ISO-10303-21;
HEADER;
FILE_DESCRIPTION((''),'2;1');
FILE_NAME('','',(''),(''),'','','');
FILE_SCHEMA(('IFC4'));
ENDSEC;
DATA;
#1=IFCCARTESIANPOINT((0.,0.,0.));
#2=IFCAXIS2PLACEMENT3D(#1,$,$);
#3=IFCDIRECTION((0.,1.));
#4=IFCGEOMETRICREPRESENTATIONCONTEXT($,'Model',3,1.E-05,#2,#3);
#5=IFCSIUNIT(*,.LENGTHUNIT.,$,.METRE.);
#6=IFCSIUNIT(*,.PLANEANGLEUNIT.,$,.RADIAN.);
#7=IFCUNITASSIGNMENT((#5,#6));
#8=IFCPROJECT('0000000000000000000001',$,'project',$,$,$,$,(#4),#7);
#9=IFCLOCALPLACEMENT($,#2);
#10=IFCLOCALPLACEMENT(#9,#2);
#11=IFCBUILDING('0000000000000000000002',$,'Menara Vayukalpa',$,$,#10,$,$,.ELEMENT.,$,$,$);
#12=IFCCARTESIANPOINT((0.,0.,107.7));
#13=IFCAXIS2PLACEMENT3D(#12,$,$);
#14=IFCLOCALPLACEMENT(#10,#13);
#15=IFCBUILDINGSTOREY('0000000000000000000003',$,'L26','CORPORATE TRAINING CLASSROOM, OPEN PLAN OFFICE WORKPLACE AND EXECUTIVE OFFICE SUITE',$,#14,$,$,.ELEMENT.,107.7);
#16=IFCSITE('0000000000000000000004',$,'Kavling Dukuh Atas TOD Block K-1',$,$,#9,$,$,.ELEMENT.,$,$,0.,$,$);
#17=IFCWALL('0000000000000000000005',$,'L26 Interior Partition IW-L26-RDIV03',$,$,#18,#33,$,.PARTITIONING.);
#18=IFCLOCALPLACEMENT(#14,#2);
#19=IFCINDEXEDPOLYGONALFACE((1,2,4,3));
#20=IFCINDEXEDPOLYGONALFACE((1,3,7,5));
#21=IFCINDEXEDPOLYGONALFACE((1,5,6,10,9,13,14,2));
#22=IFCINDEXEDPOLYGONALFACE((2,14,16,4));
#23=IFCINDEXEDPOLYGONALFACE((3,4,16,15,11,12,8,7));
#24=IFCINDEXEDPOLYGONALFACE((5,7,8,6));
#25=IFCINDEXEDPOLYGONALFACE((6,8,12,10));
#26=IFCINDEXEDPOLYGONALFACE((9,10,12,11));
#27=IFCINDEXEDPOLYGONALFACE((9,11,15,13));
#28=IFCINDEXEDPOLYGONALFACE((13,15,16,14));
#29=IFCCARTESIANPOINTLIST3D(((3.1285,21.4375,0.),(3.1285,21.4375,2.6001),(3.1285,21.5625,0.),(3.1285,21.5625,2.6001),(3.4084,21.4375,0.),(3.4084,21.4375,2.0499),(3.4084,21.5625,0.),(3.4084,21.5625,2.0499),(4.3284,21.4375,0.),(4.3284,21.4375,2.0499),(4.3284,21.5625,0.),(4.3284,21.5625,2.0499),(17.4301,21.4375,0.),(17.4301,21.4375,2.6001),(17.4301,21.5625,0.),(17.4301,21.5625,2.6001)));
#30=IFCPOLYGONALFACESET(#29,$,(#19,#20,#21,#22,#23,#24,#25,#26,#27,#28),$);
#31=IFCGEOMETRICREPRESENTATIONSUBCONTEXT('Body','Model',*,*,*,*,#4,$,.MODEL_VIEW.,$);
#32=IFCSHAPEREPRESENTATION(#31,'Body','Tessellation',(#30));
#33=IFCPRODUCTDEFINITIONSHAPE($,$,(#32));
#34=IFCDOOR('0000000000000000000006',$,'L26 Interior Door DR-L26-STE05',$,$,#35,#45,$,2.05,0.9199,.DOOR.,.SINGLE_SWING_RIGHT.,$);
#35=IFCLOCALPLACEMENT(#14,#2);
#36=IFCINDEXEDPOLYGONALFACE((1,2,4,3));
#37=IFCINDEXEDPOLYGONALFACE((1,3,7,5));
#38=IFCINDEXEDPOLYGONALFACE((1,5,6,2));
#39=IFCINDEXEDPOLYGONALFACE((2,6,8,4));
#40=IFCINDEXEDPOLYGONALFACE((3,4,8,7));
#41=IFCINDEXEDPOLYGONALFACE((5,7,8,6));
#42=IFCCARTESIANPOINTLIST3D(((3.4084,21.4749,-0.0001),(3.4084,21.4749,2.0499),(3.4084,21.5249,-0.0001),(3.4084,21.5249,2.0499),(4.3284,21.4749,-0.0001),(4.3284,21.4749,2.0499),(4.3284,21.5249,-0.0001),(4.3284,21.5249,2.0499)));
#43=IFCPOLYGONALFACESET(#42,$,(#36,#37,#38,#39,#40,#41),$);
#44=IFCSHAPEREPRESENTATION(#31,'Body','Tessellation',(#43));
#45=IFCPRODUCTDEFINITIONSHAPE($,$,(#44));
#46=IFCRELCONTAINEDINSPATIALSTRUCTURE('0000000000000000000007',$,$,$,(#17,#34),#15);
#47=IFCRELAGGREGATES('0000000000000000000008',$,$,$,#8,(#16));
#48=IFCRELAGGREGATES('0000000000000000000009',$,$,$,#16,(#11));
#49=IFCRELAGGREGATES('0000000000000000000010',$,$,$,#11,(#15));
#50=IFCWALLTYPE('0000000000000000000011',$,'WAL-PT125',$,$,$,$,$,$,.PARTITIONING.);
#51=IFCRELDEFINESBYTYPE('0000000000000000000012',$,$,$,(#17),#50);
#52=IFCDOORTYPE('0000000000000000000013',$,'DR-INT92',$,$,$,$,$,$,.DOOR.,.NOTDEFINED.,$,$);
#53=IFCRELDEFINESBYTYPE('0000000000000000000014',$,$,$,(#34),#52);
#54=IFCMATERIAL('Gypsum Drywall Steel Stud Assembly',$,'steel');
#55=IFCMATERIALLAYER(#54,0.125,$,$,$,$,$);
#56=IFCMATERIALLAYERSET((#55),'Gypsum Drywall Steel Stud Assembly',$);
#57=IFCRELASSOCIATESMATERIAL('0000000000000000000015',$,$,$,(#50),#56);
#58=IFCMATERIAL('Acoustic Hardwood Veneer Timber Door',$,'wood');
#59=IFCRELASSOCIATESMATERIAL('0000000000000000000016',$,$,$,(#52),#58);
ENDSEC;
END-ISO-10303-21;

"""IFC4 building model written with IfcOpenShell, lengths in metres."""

from ifc_helpers import new_model, si_unit, direction, frame, frame_2d, origin, place, context, subcontext, project, spatial, rectangle, extrude, material, layer, layer_set, type_object, element, fill, save


model = new_model("IFC4")

# Units and contexts
model_context = context("Model", 3, precision=1e-05, world=origin(), true_north=direction((0.0, 1.0)))
body_context = subcontext(model_context, "Body", "Model", "MODEL_VIEW")
ifc_project = project(units=[si_unit("LENGTHUNIT", "METRE"), si_unit("PLANEANGLEUNIT", "RADIAN")], contexts=[model_context])

# Site, building, storey
site_placement = place(None, origin())
site = spatial("IfcSite", under=ifc_project, at=site_placement, Name="Kavling Dukuh Atas TOD Block K-1", CompositionType="ELEMENT", RefElevation=0.0)
building_placement = place(site_placement, origin())
building = spatial("IfcBuilding", under=site, at=building_placement, Name="Menara Vayukalpa", CompositionType="ELEMENT")
storey_placement = place(building_placement, frame((0.0, 0.0, 107.7)))
storey = spatial("IfcBuildingStorey", under=building, at=storey_placement, Name="L26", Description="CORPORATE TRAINING CLASSROOM, OPEN PLAN OFFICE WORKPLACE AND EXECUTIVE OFFICE SUITE", CompositionType="ELEMENT", Elevation=107.7)

# Wall, opening, door
ifc_material_1 = material(Name="Gypsum Drywall Steel Stud Assembly", Category="steel")
ifc_layer_1 = layer(ifc_material_1, 0.125)
ifc_layer_set_1 = layer_set([ifc_layer_1], Name="Gypsum Drywall Steel Stud Assembly")
wall_type_1 = type_object("IfcWallType", Name="WAL-PT125", PredefinedType="PARTITIONING", material=ifc_layer_set_1)
wall_1_placement = place(storey_placement, frame((3.1284, 21.5, 0.0), z_axis=(0.0, 0.0, 1.0), x_axis=(1.0, 0.0, 0.0)))
wall_1 = element("IfcWall", 1, at=wall_1_placement, inside=storey, type_object=wall_type_1, Name="L26 Interior Partition IW-L26-RDIV03", PredefinedType="PARTITIONING", context=body_context, shape_type="SweptSolid", body=[
    extrude(rectangle(XDim=14.3015, YDim=0.125, at=frame_2d((7.1509, 0.0))), origin(), (0.0, 0.0, 1.0), 2.6001),
])
opening_placement = place(wall_1_placement, frame((0.28, 0.0, 0.0)))
opening = element("IfcOpeningElement", 2, at=opening_placement, cuts=wall_1, PredefinedType="OPENING", context=body_context, shape_type="SweptSolid", body=[
    extrude(rectangle(XDim=0.9199, YDim=2.05, at=frame_2d((0.46, 1.0249))), frame((0.0, 0.0725, 0.0), z_axis=(0.0, -1.0, 0.0), x_axis=(1.0, 0.0, 0.0)), (0.0, 0.0, 1.0), 0.145),
])
ifc_material_2 = material(Name="Acoustic Hardwood Veneer Timber Door", Category="wood")
door_type = type_object("IfcDoorType", Name="DR-INT92", OperationType="NOTDEFINED", PredefinedType="DOOR", material=ifc_material_2)
door_placement = place(opening_placement, origin())
door = element("IfcDoor", 3, at=door_placement, inside=storey, type_object=door_type, Name="L26 Interior Door DR-L26-STE05", OperationType="SINGLE_SWING_RIGHT", OverallHeight=2.05, OverallWidth=0.9199, PredefinedType="DOOR", context=body_context, shape_type="SweptSolid", body=[
    extrude(rectangle(XDim=0.9199, YDim=2.05, at=frame_2d((0.46, 1.0249))), frame((0.0, 0.0249, 0.0), z_axis=(0.0, -1.0, 0.0), x_axis=(1.0, 0.0, 0.0)), (0.0, 0.0, 1.0), 0.05),
])
fill(opening, door)

save(model, "model.ifc")
